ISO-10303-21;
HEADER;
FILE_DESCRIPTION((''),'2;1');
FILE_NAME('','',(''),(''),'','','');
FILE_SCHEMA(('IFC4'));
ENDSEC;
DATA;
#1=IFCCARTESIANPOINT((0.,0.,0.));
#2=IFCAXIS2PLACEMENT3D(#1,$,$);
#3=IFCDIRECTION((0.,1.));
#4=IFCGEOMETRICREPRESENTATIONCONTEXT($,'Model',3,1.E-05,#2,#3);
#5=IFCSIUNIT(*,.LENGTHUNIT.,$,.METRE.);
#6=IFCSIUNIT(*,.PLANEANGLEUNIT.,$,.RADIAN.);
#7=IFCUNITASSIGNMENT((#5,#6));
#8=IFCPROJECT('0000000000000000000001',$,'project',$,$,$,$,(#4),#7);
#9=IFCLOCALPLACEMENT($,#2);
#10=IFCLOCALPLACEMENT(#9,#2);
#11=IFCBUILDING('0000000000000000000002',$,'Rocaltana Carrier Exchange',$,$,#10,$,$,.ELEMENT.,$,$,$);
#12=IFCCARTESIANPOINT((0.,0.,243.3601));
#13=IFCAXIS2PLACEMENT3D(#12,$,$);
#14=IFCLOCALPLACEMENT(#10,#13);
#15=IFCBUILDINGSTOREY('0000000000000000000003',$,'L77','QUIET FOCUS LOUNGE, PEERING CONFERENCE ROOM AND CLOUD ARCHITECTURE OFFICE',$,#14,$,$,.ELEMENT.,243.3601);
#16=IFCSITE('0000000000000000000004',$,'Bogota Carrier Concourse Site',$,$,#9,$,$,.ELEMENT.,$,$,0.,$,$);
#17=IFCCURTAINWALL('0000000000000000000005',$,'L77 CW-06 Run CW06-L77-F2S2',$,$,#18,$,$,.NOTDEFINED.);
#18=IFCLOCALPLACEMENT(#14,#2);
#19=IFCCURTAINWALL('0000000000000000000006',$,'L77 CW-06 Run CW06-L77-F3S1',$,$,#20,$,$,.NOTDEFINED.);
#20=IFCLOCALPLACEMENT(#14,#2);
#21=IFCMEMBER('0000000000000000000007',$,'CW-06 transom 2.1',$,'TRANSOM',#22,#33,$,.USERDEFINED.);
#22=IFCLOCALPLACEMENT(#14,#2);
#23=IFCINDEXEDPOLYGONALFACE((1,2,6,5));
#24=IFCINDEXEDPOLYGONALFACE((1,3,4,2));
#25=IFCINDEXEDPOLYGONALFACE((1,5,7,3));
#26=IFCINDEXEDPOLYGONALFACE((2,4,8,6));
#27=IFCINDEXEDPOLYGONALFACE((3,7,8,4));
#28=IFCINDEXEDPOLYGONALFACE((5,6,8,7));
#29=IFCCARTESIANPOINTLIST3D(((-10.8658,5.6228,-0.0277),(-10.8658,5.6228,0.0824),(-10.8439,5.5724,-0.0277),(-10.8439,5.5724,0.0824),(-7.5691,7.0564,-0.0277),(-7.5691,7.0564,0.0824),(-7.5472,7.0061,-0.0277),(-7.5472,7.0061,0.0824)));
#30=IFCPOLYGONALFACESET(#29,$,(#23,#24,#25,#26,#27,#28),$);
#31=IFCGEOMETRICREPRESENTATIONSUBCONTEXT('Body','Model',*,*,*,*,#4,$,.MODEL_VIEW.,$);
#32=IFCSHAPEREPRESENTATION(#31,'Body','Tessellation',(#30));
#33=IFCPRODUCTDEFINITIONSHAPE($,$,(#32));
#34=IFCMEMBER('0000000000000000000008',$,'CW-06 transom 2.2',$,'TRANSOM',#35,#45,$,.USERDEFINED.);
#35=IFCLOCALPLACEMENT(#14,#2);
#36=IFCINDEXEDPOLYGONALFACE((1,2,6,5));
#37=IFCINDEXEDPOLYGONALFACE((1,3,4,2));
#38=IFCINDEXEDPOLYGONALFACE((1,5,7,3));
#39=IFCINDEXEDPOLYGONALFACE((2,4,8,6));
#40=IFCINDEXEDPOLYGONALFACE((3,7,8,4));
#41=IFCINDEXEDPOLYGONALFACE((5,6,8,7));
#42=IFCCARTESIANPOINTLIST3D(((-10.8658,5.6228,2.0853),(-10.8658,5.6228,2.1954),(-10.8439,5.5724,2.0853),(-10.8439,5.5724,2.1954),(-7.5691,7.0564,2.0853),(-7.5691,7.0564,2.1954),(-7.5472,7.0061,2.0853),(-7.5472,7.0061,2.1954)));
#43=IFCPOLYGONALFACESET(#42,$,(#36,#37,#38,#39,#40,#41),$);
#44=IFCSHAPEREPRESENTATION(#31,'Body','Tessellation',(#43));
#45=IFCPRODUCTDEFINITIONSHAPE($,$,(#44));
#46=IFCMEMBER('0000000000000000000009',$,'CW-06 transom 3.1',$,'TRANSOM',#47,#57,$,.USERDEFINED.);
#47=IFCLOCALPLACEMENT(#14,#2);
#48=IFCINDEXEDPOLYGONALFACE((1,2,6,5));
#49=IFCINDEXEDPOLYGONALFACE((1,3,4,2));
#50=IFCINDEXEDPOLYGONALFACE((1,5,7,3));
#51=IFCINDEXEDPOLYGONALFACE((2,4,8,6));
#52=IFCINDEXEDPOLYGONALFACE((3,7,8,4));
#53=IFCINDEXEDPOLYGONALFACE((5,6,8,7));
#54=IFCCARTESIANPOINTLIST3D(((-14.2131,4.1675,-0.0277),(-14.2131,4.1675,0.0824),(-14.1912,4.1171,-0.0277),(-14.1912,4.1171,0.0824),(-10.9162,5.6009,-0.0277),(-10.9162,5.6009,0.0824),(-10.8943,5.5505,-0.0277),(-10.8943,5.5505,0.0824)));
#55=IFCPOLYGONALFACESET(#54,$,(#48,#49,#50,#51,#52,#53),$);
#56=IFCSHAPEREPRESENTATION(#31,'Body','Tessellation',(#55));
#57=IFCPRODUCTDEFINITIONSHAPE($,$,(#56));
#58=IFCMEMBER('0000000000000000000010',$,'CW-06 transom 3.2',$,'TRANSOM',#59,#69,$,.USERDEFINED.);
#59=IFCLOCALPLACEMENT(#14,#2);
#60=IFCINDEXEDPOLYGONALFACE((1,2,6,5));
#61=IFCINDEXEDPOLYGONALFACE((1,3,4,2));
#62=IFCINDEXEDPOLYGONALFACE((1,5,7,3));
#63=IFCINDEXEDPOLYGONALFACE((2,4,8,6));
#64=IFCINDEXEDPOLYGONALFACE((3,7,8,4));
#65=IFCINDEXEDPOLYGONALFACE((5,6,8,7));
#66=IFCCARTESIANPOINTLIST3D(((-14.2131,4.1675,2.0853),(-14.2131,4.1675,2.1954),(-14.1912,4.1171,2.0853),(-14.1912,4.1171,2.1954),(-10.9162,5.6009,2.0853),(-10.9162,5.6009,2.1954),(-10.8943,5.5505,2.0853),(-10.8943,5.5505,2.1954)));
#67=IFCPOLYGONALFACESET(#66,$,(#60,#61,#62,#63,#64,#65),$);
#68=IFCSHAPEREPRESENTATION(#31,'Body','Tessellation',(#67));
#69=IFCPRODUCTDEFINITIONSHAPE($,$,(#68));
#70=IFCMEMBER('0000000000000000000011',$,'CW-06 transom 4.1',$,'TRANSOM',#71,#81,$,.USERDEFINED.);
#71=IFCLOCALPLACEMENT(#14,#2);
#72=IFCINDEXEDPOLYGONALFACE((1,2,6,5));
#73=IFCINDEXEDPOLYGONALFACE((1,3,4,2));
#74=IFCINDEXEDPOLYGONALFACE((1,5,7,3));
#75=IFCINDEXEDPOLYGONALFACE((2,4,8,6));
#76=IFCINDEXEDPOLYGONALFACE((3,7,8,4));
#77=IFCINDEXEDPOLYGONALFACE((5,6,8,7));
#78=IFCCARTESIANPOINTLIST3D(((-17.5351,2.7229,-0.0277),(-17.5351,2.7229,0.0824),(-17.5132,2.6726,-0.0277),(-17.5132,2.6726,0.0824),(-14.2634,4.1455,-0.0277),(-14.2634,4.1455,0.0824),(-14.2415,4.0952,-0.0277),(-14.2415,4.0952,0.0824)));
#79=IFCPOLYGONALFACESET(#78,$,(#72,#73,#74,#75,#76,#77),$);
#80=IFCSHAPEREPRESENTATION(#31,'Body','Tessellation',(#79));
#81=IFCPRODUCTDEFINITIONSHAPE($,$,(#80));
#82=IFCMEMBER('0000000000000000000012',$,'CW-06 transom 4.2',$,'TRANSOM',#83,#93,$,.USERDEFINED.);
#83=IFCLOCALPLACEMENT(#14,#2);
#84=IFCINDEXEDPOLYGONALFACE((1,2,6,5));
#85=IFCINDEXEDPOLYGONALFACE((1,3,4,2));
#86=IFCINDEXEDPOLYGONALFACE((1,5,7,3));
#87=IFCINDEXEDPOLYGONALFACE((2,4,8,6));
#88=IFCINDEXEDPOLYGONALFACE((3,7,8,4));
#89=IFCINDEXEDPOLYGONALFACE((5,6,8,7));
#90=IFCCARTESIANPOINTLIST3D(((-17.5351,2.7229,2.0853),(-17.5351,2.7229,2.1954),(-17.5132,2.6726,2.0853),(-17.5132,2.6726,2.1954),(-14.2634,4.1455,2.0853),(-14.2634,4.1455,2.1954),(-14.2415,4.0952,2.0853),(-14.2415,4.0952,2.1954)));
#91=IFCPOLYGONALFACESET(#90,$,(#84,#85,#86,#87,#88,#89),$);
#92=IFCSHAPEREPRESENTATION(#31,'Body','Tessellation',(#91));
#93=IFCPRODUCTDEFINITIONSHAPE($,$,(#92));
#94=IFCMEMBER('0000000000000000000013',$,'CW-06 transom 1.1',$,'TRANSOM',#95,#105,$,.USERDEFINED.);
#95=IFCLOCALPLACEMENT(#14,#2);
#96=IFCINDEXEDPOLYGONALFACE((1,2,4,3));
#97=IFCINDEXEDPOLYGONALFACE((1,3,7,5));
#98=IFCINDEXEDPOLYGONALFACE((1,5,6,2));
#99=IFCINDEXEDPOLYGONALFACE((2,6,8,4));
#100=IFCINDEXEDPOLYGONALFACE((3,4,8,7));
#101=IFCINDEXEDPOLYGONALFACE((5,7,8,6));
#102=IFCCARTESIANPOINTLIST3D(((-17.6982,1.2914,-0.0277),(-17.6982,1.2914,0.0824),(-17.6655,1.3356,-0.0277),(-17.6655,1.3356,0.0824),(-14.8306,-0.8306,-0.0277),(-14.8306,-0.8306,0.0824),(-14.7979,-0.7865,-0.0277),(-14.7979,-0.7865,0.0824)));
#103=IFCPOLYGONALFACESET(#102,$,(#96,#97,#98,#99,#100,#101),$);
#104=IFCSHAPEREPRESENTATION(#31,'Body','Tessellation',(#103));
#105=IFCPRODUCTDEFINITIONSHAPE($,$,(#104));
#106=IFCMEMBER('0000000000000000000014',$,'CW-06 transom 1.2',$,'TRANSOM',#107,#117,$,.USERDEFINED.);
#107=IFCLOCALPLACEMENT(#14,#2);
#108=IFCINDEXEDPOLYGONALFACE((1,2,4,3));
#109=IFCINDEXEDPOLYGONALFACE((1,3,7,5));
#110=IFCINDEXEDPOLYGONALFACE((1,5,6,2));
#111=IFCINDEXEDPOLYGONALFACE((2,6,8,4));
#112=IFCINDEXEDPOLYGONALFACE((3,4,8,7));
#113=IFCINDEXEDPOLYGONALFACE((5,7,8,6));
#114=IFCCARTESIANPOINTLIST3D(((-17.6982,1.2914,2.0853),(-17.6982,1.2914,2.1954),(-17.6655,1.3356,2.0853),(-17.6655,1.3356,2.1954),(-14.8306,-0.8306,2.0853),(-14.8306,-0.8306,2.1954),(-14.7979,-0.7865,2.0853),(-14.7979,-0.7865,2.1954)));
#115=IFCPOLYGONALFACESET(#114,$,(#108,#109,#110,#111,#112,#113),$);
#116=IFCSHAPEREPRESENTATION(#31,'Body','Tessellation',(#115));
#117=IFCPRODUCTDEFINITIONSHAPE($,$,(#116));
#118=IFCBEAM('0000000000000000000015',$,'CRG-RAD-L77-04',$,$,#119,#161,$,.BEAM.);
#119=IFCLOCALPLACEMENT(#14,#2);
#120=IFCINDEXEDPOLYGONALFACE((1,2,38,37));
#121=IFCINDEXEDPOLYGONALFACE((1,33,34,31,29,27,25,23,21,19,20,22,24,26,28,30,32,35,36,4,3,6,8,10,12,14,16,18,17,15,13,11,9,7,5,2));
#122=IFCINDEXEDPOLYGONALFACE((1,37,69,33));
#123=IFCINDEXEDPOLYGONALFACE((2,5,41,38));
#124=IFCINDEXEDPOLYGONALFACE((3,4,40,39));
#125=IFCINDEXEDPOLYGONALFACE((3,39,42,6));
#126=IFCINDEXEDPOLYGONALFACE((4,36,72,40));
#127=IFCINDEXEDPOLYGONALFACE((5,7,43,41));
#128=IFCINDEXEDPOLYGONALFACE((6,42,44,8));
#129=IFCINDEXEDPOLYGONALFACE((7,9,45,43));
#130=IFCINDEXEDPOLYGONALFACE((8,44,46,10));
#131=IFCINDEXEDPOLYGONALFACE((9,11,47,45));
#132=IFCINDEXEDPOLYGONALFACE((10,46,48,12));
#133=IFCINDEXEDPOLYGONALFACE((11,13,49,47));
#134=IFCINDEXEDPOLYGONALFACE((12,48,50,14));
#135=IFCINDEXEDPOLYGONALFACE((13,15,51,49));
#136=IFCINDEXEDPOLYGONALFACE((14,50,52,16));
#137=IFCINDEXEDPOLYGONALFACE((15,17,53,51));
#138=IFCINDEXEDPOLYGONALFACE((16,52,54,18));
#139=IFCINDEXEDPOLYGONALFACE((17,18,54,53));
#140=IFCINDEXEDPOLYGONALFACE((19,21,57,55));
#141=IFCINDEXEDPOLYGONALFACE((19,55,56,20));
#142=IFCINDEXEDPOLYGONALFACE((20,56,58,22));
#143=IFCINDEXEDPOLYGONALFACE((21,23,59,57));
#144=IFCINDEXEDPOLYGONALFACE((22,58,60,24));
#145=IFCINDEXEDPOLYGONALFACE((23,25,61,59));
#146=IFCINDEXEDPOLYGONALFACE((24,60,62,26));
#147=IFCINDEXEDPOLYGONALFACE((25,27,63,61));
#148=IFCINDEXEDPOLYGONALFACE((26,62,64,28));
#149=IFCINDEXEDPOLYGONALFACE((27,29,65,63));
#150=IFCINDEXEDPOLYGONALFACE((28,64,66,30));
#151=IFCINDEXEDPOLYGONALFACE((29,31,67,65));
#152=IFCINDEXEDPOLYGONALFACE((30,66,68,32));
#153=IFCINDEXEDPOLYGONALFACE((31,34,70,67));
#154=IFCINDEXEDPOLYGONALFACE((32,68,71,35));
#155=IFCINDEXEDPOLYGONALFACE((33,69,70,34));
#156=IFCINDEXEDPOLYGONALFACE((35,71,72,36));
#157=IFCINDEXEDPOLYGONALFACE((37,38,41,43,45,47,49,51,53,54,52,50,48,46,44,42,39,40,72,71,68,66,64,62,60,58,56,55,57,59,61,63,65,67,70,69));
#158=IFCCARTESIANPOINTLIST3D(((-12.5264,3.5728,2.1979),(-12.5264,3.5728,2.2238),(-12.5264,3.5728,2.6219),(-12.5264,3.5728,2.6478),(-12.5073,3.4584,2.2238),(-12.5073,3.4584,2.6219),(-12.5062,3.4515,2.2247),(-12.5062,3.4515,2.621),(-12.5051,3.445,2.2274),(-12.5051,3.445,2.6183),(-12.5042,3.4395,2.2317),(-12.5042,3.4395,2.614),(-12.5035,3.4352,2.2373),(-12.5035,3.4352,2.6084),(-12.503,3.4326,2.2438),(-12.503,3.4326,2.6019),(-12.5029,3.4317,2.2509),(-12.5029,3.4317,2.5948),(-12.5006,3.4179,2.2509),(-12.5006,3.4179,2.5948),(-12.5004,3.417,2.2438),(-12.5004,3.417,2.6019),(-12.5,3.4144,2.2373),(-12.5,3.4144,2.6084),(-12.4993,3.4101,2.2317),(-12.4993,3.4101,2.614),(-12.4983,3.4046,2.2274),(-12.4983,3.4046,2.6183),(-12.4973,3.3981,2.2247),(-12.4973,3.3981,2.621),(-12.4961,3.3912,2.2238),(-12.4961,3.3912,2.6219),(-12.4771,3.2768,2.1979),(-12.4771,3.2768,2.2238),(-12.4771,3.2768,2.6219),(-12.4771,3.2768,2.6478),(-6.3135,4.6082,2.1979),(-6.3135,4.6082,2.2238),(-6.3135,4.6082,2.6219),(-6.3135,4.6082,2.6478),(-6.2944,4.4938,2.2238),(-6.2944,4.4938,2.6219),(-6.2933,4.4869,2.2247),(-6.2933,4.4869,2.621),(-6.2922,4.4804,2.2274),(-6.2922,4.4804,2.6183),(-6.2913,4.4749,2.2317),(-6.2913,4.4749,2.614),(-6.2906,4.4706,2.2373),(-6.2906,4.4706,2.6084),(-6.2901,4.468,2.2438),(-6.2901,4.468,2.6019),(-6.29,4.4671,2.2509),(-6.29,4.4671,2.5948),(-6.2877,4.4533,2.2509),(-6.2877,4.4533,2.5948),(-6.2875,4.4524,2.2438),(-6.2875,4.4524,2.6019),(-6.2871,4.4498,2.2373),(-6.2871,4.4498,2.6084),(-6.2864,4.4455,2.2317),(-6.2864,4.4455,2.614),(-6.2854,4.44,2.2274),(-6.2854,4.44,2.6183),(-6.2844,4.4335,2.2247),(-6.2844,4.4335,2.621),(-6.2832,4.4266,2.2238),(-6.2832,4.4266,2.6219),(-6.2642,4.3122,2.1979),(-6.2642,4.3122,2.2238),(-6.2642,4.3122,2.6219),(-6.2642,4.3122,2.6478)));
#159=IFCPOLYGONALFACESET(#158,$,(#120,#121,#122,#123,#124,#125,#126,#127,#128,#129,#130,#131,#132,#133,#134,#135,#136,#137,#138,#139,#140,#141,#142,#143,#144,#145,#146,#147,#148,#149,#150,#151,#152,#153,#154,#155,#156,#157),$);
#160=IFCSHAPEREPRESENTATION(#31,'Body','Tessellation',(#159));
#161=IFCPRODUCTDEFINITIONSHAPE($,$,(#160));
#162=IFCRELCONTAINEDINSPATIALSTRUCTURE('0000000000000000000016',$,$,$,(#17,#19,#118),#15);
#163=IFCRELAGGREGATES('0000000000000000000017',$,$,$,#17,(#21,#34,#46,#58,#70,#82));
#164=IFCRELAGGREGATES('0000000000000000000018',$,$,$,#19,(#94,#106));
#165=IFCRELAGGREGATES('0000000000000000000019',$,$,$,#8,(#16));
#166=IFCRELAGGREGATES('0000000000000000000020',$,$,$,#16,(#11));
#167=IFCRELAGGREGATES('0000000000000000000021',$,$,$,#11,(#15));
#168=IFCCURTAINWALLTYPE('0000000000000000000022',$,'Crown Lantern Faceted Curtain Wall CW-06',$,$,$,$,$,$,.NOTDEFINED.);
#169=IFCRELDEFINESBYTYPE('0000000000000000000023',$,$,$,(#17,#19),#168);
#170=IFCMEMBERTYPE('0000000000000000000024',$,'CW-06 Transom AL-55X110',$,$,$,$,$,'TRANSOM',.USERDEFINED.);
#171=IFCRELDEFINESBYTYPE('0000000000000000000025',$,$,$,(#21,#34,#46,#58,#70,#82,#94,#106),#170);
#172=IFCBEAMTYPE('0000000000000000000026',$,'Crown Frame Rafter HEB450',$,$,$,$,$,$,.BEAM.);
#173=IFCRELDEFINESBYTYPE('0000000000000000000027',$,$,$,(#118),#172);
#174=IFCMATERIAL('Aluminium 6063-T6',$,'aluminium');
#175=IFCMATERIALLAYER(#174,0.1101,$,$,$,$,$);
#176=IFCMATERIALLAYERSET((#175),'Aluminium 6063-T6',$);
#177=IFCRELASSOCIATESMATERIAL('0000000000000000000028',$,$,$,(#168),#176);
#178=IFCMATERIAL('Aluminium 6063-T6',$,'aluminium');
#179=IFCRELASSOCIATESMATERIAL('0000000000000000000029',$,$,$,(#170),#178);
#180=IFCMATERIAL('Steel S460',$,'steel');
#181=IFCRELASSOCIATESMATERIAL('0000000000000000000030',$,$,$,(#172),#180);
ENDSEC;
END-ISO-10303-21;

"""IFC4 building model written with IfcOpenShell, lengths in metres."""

from ifc_helpers import new_model, si_unit, direction, frame, origin, origin_2d, place, context, subcontext, project, spatial, rectangle, i_section, extrude, material, layer, layer_set, material_profile, profile_set, type_object, element, aggregate, save


model = new_model("IFC4")

# Units and contexts
model_context = context("Model", 3, precision=1e-05, world=origin(), true_north=direction((0.0, 1.0)))
body_context = subcontext(model_context, "Body", "Model", "MODEL_VIEW")
ifc_project = project(units=[si_unit("LENGTHUNIT", "METRE"), si_unit("PLANEANGLEUNIT", "RADIAN")], contexts=[model_context])

# Site, building, storey
site_placement = place(None, origin())
site = spatial("IfcSite", under=ifc_project, at=site_placement, Name="Bogota Carrier Concourse Site", CompositionType="ELEMENT", RefElevation=0.0)
building_placement = place(site_placement, origin())
building = spatial("IfcBuilding", under=site, at=building_placement, Name="Rocaltana Carrier Exchange", CompositionType="ELEMENT")
storey_placement = place(building_placement, frame((0.0, 0.0, 243.3601)))
storey = spatial("IfcBuildingStorey", under=building, at=storey_placement, Name="L77", Description="QUIET FOCUS LOUNGE, PEERING CONFERENCE ROOM AND CLOUD ARCHITECTURE OFFICE", CompositionType="ELEMENT", Elevation=243.3601)

# Curtain wall
ifc_material_1 = material(Name="Aluminium 6063-T6", Category="aluminium")
ifc_layer_1 = layer(ifc_material_1, 0.1101)
ifc_layer_set_1 = layer_set([ifc_layer_1], Name="Aluminium 6063-T6")
curtain_wall_type = type_object("IfcCurtainWallType", Name="Crown Lantern Faceted Curtain Wall CW-06", PredefinedType="NOTDEFINED", material=ifc_layer_set_1)
curtain_wall_1_placement = place(storey_placement, origin())
curtain_wall_1 = element("IfcCurtainWall", 1, at=curtain_wall_1_placement, inside=storey, type_object=curtain_wall_type, Name="L77 CW-06 Run CW06-L77-F2S2", PredefinedType="NOTDEFINED")

# Curtain wall
curtain_wall_2_placement = place(storey_placement, origin())
curtain_wall_2 = element("IfcCurtainWall", 2, at=curtain_wall_2_placement, inside=storey, type_object=curtain_wall_type, Name="L77 CW-06 Run CW06-L77-F3S1", PredefinedType="NOTDEFINED")

# Members
ifc_material_2 = material(Name="Aluminium 6063-T6", Category="aluminium")
ifc_material_profile_1 = material_profile(ifc_material_2, rectangle(XDim=0.0549, YDim=0.1101, at=origin_2d()), Name="AL-55X110")
ifc_profile_set_1 = profile_set([ifc_material_profile_1], Name="Aluminium 6063-T6")
member_type_1 = type_object("IfcMemberType", Name="CW-06 Transom AL-55X110", ElementType="TRANSOM", PredefinedType="USERDEFINED", material=ifc_profile_set_1)
member_1_placement = place(storey_placement, frame((-7.5581, 7.0312, 0.0273), z_axis=(-0.917042, -0.398791, 0.0), x_axis=(0.398791, -0.917042, 0.0)))
member_1 = element("IfcMember", 3, at=member_1_placement, type_object=member_type_1, Name="CW-06 transom 2.1", ObjectType="TRANSOM", PredefinedType="USERDEFINED", context=body_context, shape_type="SweptSolid", body=[
    extrude(rectangle(XDim=0.0549, YDim=0.1101, at=origin_2d()), origin(), (0.0, 0.0, 1.0), 3.595),
])
member_2_placement = place(storey_placement, frame((-7.5581, 7.0312, 2.1404), z_axis=(-0.917042, -0.398791, 0.0), x_axis=(0.398791, -0.917042, 0.0)))
member_2 = element("IfcMember", 4, at=member_2_placement, type_object=member_type_1, Name="CW-06 transom 2.2", ObjectType="TRANSOM", PredefinedType="USERDEFINED", context=body_context, shape_type="SweptSolid", body=[
    extrude(rectangle(XDim=0.0549, YDim=0.1101, at=origin_2d()), origin(), (0.0, 0.0, 1.0), 3.595),
])
member_3_placement = place(storey_placement, frame((-10.9053, 5.5757, 0.0273), z_axis=(-0.917078, -0.398709, 0.0), x_axis=(0.398709, -0.917078, 0.0)))
member_3 = element("IfcMember", 5, at=member_3_placement, type_object=member_type_1, Name="CW-06 transom 3.1", ObjectType="TRANSOM", PredefinedType="USERDEFINED", context=body_context, shape_type="SweptSolid", body=[
    extrude(rectangle(XDim=0.0549, YDim=0.1101, at=origin_2d()), origin(), (0.0, 0.0, 1.0), 3.595),
])
member_4_placement = place(storey_placement, frame((-10.9053, 5.5757, 2.1404), z_axis=(-0.917078, -0.398709, 0.0), x_axis=(0.398709, -0.917078, 0.0)))
member_4 = element("IfcMember", 6, at=member_4_placement, type_object=member_type_1, Name="CW-06 transom 3.2", ObjectType="TRANSOM", PredefinedType="USERDEFINED", context=body_context, shape_type="SweptSolid", body=[
    extrude(rectangle(XDim=0.0549, YDim=0.1101, at=origin_2d()), origin(), (0.0, 0.0, 1.0), 3.595),
])
member_5_placement = place(storey_placement, frame((-14.2524, 4.1204, 0.0273), z_axis=(-0.917058, -0.398754, 0.0), x_axis=(0.398754, -0.917058, 0.0)))
member_5 = element("IfcMember", 7, at=member_5_placement, type_object=member_type_1, Name="CW-06 transom 4.1", ObjectType="TRANSOM", PredefinedType="USERDEFINED", context=body_context, shape_type="SweptSolid", body=[
    extrude(rectangle(XDim=0.0549, YDim=0.1101, at=origin_2d()), origin(), (0.0, 0.0, 1.0), 3.5676),
])
member_6_placement = place(storey_placement, frame((-14.2524, 4.1204, 2.1404), z_axis=(-0.917058, -0.398754, 0.0), x_axis=(0.398754, -0.917058, 0.0)))
member_6 = element("IfcMember", 8, at=member_6_placement, type_object=member_type_1, Name="CW-06 transom 4.2", ObjectType="TRANSOM", PredefinedType="USERDEFINED", context=body_context, shape_type="SweptSolid", body=[
    extrude(rectangle(XDim=0.0549, YDim=0.1101, at=origin_2d()), origin(), (0.0, 0.0, 1.0), 3.5676),
])
member_7_placement = place(storey_placement, frame((-17.6819, 1.3135, 0.0273), z_axis=(0.803843, -0.594841, 0.0), x_axis=(0.594841, 0.803843, 0.0)))
member_7 = element("IfcMember", 9, at=member_7_placement, type_object=member_type_1, Name="CW-06 transom 1.1", ObjectType="TRANSOM", PredefinedType="USERDEFINED", context=body_context, shape_type="SweptSolid", body=[
    extrude(rectangle(XDim=0.0549, YDim=0.1101, at=origin_2d()), origin(), (0.0, 0.0, 1.0), 3.5674),
])
member_8_placement = place(storey_placement, frame((-17.6819, 1.3135, 2.1404), z_axis=(0.803843, -0.594841, 0.0), x_axis=(0.594841, 0.803843, 0.0)))
member_8 = element("IfcMember", 10, at=member_8_placement, type_object=member_type_1, Name="CW-06 transom 1.2", ObjectType="TRANSOM", PredefinedType="USERDEFINED", context=body_context, shape_type="SweptSolid", body=[
    extrude(rectangle(XDim=0.0549, YDim=0.1101, at=origin_2d()), origin(), (0.0, 0.0, 1.0), 3.5674),
])

# Beam
ifc_material_3 = material(Name="Steel S460", Category="steel")
ifc_material_profile_2 = material_profile(ifc_material_3, i_section(OverallWidth=0.3, OverallDepth=0.45, WebThickness=0.0139, FlangeThickness=0.0259, FilletRadius=0.0271, at=origin_2d()), Name="HEB450")
ifc_profile_set_2 = profile_set([ifc_material_profile_2], Name="Steel S460")
beam_type_1 = type_object("IfcBeamType", Name="Crown Frame Rafter HEB450", PredefinedType="BEAM", material=ifc_profile_set_2)
beam_1_placement = place(storey_placement, frame((-6.2888, 4.4602, 2.4229), z_axis=(-0.986396, -0.164386, 0.0), x_axis=(0.164386, -0.986396, 0.0)))
element("IfcBeam", 11, at=beam_1_placement, inside=storey, type_object=beam_type_1, Name="CRG-RAD-L77-04", PredefinedType="BEAM", context=body_context, shape_type="SweptSolid", body=[
    extrude(i_section(OverallWidth=0.3, OverallDepth=0.45, WebThickness=0.0139, FlangeThickness=0.0259, FilletRadius=0.0271, at=origin_2d()), origin(), (0.0, 0.0, 1.0), 6.2986),
])

aggregate(curtain_wall_1, [member_1, member_2, member_3, member_4, member_5, member_6])
aggregate(curtain_wall_2, [member_7, member_8])

save(model, "model.ifc")
